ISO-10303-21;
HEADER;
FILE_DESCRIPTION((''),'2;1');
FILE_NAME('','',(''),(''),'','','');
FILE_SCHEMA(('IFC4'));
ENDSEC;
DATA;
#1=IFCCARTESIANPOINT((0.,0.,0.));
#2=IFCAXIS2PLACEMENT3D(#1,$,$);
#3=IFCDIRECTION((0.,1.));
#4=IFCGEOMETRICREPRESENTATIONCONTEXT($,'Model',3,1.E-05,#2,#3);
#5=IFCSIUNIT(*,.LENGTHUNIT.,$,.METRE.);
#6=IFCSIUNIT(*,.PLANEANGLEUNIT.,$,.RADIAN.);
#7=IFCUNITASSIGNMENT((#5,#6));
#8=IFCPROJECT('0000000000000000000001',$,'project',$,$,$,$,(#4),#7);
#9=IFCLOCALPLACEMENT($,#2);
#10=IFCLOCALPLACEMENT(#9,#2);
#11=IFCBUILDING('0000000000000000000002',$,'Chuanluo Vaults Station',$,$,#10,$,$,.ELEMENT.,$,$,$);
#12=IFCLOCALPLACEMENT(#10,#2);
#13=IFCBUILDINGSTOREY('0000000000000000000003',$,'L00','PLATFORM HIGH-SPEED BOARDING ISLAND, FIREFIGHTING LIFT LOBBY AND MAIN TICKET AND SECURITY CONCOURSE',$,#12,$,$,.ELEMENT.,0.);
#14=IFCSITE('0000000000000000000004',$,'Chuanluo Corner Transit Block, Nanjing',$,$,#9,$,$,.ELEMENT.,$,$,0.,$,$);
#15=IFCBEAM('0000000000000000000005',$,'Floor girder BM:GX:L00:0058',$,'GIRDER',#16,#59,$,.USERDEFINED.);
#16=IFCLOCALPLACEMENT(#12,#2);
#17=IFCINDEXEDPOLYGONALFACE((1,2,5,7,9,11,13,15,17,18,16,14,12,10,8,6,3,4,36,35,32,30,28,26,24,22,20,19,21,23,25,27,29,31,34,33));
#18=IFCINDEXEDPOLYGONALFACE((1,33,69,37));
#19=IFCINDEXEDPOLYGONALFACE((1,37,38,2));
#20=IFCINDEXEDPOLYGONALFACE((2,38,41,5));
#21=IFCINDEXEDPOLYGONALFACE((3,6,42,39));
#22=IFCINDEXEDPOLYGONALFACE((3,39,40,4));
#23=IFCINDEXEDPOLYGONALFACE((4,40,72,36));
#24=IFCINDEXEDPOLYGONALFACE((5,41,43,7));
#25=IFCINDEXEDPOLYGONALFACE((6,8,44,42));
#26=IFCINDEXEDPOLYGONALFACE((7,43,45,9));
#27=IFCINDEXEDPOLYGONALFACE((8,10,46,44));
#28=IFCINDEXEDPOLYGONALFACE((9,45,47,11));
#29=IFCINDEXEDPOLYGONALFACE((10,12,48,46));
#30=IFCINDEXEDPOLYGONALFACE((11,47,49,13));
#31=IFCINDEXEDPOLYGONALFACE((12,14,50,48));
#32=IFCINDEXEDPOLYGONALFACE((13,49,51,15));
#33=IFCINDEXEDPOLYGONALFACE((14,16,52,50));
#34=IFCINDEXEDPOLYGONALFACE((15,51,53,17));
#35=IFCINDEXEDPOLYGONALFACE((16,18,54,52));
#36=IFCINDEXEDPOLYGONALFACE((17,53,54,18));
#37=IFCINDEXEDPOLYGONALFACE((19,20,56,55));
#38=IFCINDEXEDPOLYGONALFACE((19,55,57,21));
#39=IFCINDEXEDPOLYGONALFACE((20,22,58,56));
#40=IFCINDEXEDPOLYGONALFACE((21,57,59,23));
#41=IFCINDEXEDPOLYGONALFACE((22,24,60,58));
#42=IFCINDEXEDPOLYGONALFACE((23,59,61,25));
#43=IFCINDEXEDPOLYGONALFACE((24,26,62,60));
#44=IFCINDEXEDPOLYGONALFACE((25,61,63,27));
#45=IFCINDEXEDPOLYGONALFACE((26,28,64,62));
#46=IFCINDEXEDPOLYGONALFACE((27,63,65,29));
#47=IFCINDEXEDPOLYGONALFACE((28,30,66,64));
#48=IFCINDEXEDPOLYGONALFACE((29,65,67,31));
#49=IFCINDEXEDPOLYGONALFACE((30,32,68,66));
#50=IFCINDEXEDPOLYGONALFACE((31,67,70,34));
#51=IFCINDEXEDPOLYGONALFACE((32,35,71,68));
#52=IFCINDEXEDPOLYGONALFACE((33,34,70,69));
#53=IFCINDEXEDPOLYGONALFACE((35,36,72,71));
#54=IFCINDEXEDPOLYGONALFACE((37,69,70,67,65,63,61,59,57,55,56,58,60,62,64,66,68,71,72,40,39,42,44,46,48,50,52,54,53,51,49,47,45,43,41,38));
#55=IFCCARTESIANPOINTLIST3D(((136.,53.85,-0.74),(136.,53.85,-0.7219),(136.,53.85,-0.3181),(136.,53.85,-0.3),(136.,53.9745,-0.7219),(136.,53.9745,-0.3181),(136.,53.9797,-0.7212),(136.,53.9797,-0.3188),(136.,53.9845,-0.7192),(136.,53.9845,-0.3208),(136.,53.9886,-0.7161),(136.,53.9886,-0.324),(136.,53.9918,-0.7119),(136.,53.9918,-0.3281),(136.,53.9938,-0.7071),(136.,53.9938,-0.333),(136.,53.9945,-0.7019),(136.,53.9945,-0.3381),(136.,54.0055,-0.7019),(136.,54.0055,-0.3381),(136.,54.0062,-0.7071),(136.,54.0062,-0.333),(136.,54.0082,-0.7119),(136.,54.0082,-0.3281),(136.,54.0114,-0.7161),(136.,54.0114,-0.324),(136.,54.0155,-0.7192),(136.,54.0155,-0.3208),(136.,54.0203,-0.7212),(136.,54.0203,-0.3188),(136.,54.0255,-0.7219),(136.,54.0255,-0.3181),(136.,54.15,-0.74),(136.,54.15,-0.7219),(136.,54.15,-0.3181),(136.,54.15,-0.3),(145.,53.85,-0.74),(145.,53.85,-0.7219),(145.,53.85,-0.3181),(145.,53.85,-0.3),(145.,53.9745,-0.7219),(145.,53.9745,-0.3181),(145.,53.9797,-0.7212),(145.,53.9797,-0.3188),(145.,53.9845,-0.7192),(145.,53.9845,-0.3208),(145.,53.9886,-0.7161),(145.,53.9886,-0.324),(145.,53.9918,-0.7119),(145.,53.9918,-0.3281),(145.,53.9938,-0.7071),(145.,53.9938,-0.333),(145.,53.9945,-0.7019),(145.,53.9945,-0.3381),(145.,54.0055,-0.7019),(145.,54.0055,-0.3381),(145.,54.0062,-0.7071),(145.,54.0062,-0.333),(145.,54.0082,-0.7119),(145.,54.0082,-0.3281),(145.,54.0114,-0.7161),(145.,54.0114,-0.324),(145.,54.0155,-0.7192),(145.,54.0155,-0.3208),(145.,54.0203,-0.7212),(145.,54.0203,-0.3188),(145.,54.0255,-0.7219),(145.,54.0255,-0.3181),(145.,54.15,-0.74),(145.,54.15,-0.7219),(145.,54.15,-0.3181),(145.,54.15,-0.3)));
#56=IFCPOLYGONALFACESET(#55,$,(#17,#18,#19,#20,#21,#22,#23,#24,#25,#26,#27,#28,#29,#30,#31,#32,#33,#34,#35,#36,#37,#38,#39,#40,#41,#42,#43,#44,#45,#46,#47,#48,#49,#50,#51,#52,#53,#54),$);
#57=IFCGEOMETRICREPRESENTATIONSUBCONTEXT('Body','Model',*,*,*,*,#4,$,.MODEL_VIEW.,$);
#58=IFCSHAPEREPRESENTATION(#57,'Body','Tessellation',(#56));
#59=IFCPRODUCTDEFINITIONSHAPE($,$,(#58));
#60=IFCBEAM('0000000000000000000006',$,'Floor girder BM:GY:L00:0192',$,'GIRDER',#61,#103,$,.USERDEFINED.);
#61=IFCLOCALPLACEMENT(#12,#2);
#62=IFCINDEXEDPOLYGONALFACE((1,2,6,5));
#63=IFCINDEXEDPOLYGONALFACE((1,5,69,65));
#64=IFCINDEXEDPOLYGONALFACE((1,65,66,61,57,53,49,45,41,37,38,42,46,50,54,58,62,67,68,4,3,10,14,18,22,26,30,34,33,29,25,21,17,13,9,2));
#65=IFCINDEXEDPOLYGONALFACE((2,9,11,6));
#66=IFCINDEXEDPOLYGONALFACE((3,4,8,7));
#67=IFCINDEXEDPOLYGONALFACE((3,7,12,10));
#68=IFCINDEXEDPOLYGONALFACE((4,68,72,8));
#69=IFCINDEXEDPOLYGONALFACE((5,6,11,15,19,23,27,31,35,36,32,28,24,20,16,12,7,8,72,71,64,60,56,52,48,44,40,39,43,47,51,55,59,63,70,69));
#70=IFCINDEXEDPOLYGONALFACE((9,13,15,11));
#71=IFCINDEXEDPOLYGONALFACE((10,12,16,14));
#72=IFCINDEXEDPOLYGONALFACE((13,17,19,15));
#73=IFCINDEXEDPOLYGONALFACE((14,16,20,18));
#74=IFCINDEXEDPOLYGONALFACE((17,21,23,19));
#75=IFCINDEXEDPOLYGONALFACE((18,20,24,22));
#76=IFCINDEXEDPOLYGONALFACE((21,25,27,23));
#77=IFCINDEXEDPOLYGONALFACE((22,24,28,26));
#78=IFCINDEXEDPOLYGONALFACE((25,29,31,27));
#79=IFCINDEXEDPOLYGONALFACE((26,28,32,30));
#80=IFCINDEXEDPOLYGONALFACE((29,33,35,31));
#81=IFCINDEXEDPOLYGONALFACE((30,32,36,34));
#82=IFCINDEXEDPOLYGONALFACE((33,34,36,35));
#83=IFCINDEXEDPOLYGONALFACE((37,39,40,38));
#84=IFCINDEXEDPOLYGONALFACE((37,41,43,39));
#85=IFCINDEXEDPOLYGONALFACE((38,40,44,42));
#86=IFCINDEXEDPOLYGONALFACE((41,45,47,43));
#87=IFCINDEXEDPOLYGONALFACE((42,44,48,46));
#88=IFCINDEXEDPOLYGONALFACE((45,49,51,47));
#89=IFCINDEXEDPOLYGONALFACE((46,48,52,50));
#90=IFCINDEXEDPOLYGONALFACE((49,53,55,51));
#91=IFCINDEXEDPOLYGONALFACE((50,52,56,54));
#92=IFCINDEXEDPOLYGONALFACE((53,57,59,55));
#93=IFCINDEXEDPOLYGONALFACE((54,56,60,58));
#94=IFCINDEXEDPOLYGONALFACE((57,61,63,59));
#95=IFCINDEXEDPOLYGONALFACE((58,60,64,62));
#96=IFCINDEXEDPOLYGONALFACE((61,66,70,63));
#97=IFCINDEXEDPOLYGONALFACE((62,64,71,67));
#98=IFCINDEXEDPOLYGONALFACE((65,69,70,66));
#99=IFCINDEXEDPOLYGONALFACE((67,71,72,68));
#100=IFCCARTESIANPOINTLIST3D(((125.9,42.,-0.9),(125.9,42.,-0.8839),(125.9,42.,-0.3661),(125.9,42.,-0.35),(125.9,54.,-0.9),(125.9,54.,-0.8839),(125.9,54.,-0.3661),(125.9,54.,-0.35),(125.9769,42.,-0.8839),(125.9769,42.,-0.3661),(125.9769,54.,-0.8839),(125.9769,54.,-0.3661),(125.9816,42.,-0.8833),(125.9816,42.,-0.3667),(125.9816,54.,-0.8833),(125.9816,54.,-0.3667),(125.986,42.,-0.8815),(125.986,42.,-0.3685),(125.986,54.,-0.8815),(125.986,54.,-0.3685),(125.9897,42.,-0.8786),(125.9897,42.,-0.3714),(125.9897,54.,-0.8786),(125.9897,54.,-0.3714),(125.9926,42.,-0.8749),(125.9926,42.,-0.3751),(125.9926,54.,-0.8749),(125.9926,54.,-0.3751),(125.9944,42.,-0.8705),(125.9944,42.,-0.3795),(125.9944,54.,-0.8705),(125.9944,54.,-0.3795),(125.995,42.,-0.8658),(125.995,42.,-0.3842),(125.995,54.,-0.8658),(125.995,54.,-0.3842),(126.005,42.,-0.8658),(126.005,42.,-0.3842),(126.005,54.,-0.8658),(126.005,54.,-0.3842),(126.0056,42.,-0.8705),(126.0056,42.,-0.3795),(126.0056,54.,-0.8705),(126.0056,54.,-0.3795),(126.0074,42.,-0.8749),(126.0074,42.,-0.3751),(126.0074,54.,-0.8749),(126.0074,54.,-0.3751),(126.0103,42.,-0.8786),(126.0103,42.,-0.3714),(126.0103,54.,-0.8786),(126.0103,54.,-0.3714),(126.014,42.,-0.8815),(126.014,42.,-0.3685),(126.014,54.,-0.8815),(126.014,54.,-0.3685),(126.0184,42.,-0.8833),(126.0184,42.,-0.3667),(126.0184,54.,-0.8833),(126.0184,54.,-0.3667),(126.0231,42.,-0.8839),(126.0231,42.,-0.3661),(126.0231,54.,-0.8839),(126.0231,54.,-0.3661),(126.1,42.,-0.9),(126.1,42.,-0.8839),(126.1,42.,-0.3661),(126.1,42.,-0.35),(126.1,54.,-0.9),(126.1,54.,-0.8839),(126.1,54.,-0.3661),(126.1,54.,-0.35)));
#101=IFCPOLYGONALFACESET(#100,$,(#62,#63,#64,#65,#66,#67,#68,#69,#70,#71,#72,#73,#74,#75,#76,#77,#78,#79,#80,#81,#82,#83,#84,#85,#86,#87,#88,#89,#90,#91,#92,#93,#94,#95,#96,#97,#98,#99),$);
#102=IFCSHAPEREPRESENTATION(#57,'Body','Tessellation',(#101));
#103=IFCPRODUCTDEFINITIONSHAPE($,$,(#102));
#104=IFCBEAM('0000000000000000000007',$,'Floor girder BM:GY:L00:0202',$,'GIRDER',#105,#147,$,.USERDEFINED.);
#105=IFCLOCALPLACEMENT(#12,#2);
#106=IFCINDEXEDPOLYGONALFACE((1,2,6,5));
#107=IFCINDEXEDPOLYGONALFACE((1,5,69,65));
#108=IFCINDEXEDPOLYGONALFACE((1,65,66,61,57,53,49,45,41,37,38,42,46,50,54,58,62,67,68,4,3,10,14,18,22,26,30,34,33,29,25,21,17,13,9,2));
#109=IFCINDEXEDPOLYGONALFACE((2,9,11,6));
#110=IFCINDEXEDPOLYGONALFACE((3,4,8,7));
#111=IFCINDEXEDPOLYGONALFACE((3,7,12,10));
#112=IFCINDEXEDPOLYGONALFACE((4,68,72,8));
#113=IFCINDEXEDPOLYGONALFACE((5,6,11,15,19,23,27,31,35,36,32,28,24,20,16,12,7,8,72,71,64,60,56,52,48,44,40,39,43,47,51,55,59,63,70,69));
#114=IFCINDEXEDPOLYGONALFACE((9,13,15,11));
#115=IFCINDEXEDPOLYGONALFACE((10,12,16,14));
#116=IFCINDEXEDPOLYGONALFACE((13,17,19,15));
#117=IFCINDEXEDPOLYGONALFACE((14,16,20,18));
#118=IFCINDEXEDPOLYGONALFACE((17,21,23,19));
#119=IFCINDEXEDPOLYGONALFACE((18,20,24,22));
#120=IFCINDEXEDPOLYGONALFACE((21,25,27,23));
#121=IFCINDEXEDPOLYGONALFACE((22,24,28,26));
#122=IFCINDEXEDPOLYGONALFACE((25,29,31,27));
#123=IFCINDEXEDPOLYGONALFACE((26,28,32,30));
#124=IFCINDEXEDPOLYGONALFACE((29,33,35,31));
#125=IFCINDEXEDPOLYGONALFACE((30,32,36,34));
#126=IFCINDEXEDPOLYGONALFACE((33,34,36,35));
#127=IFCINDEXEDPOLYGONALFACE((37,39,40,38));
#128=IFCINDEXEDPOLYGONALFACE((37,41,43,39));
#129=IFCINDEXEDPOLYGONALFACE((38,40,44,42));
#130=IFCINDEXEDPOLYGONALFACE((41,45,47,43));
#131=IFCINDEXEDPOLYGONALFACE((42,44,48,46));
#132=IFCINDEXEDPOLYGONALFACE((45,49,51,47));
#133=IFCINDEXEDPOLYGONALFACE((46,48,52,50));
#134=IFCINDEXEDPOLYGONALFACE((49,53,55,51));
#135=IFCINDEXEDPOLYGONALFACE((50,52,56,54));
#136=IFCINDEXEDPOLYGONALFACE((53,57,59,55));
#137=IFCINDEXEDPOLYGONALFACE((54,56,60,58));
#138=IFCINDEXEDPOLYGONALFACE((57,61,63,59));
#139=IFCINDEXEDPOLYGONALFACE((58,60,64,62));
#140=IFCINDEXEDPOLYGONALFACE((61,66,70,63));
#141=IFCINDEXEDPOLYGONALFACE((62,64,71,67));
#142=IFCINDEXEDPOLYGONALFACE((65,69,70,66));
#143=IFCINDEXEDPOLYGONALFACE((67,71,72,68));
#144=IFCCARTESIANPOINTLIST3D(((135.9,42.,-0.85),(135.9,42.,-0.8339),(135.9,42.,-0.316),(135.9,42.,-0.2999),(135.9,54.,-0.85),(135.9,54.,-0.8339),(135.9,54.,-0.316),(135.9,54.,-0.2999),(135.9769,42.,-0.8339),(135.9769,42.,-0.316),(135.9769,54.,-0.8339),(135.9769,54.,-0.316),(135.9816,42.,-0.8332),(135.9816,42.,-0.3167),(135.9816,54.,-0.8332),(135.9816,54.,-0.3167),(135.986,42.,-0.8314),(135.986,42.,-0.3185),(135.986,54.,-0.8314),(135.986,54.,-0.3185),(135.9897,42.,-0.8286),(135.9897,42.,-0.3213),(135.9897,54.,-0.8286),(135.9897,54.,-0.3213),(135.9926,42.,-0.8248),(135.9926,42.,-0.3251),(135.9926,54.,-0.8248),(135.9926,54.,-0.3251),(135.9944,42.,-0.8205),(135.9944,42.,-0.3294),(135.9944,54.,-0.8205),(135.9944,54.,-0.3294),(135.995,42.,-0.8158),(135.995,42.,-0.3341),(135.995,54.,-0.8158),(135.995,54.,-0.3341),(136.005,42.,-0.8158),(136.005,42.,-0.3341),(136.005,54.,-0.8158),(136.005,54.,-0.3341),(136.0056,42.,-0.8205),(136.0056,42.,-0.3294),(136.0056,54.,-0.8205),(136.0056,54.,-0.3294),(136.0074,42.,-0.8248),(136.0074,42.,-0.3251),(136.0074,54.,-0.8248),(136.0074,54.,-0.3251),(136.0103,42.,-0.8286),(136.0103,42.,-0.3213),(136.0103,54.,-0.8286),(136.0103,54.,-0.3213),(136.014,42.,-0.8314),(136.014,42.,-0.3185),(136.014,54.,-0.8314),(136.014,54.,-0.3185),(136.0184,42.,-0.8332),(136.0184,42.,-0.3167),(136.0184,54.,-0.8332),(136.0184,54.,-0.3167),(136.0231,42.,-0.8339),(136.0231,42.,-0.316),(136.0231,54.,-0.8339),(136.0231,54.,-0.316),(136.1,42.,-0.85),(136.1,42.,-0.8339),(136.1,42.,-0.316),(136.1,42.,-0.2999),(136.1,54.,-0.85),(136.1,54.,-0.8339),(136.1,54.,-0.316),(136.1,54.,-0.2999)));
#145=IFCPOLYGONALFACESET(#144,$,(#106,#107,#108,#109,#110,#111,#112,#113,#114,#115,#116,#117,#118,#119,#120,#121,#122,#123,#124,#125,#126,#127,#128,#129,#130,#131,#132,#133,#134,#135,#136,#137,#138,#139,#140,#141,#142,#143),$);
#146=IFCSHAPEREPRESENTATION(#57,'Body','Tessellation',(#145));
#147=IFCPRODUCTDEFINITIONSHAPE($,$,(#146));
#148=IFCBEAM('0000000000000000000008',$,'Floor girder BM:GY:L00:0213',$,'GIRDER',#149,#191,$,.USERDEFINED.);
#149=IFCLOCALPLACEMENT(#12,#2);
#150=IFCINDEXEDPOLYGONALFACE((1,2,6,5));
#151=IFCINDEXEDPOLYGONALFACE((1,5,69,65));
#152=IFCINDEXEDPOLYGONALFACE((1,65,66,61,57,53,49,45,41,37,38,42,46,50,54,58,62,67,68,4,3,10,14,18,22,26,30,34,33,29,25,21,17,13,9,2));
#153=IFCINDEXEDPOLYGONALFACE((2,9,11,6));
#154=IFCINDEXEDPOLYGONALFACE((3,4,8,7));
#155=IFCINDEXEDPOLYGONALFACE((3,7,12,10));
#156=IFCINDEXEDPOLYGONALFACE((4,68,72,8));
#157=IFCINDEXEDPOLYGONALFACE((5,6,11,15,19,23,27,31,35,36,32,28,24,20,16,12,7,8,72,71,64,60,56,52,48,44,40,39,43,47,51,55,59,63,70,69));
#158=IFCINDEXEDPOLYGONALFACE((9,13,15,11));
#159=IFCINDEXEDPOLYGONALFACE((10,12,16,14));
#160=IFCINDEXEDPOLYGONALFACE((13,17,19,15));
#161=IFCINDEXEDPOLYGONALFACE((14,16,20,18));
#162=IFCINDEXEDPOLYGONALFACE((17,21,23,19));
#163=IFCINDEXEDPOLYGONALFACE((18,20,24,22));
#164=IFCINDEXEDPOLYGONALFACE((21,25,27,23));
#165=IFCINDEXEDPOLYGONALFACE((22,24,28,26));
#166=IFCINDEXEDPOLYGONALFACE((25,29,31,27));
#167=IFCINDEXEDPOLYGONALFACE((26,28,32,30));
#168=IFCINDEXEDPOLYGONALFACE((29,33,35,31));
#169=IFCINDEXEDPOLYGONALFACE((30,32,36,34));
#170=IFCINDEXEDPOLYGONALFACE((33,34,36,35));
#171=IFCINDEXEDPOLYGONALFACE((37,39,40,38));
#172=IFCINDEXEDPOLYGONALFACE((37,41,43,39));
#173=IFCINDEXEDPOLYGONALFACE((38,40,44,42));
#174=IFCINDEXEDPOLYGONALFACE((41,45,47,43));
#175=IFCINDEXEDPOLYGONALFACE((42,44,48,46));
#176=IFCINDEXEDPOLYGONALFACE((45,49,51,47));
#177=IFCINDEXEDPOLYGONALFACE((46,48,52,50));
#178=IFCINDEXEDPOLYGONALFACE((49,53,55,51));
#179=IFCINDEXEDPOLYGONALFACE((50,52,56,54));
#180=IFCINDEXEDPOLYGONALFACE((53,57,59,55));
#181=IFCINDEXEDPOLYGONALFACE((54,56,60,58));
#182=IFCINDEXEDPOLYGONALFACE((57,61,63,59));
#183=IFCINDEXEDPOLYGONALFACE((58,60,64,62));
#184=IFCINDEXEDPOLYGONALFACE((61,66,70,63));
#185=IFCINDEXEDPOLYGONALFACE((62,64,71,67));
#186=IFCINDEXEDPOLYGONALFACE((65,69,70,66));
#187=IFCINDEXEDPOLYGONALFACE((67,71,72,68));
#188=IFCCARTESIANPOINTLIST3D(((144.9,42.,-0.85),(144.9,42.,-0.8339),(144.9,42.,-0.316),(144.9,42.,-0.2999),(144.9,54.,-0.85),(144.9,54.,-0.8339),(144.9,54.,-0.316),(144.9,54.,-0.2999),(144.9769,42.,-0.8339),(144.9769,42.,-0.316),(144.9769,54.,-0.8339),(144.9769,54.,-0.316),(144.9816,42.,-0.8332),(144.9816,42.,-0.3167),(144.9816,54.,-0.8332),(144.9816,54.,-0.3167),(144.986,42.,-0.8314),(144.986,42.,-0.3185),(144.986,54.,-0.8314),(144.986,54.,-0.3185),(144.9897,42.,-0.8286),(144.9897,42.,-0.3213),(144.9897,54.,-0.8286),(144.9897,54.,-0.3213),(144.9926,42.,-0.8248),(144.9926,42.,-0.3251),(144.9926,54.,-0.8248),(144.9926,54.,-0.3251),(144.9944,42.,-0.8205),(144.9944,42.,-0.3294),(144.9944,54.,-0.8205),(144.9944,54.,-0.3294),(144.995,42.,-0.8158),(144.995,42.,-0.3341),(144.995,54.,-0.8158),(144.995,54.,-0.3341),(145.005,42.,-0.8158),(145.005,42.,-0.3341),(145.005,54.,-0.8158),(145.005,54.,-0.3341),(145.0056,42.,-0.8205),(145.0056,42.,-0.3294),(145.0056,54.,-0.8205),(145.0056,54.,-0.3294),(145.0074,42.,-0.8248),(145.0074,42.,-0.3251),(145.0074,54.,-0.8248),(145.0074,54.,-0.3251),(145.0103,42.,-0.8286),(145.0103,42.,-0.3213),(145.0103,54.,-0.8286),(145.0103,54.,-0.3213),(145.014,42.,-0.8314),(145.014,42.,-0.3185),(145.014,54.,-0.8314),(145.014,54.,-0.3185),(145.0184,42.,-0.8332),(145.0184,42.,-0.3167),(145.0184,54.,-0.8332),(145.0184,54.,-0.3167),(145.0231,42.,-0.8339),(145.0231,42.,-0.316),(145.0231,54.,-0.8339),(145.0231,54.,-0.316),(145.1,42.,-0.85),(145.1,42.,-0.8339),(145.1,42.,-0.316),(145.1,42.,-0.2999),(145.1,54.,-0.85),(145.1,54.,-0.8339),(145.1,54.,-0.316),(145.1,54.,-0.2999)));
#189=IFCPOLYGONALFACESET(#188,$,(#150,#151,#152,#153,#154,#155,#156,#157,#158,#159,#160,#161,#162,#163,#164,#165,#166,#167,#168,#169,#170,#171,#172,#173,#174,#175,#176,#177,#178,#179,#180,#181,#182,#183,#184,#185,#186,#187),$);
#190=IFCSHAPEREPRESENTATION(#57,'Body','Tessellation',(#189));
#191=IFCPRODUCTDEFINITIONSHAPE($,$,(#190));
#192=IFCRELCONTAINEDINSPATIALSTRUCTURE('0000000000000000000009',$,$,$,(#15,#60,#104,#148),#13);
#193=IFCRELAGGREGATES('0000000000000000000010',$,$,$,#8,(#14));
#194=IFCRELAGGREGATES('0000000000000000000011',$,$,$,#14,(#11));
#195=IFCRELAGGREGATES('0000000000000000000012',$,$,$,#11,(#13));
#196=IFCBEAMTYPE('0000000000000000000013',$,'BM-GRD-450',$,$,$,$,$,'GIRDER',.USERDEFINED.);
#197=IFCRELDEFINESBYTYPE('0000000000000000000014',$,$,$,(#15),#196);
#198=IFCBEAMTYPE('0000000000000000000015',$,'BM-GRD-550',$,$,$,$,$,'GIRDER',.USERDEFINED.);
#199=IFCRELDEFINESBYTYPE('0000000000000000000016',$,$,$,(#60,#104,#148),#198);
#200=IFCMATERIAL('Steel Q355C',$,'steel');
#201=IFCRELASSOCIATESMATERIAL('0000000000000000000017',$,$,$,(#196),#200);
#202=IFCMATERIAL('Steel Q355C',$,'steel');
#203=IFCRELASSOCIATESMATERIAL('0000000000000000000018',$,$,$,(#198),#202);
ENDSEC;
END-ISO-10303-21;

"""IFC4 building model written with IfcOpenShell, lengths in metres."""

from ifc_helpers import new_model, si_unit, direction, frame, origin, origin_2d, place, context, subcontext, project, spatial, i_section, extrude, material, material_profile, profile_set, type_object, element, save


model = new_model("IFC4")

# Units and contexts
model_context = context("Model", 3, precision=1e-05, world=origin(), true_north=direction((0.0, 1.0)))
body_context = subcontext(model_context, "Body", "Model", "MODEL_VIEW")
ifc_project = project(units=[si_unit("LENGTHUNIT", "METRE"), si_unit("PLANEANGLEUNIT", "RADIAN")], contexts=[model_context])

# Site, building, storey
site_placement = place(None, origin())
site = spatial("IfcSite", under=ifc_project, at=site_placement, Name="Chuanluo Corner Transit Block, Nanjing", CompositionType="ELEMENT", RefElevation=0.0)
building_placement = place(site_placement, origin())
building = spatial("IfcBuilding", under=site, at=building_placement, Name="Chuanluo Vaults Station", CompositionType="ELEMENT")
storey_placement = place(building_placement, origin())
storey = spatial("IfcBuildingStorey", under=building, at=storey_placement, Name="L00", Description="PLATFORM HIGH-SPEED BOARDING ISLAND, FIREFIGHTING LIFT LOBBY AND MAIN TICKET AND SECURITY CONCOURSE", CompositionType="ELEMENT", Elevation=0.0)

# Beams
ifc_material_1 = material(Name="Steel Q355C", Category="steel")
ifc_material_profile_1 = material_profile(ifc_material_1, i_section(OverallWidth=0.3, OverallDepth=0.4399, WebThickness=0.011, FlangeThickness=0.0181, FilletRadius=0.02, at=origin_2d()))
ifc_profile_set_1 = profile_set([ifc_material_profile_1], Name="Steel Q355C")
beam_type_1 = type_object("IfcBeamType", Name="BM-GRD-450", ElementType="GIRDER", PredefinedType="USERDEFINED", material=ifc_profile_set_1)
for number, where, z_axis, x_axis, name in (
    (1, (136.0, 54.0, -0.52), (1.0, 0.0, 0.0), (0.0, 1.0, 0.0), "Floor girder BM:GX:L00:0058"),
):
    element("IfcBeam", number, at=place(storey_placement, frame(where, z_axis=z_axis, x_axis=x_axis)), inside=storey, type_object=beam_type_1, Name=name, ObjectType="GIRDER", PredefinedType="USERDEFINED", context=body_context, shape_type="SweptSolid", body=[
        extrude(i_section(OverallWidth=0.3, OverallDepth=0.4399, WebThickness=0.011, FlangeThickness=0.0181, FilletRadius=0.02, at=origin_2d()), origin(), (0.0, 0.0, 1.0), 9.0),
    ])
ifc_material_2 = material(Name="Steel Q355C", Category="steel")
ifc_material_profile_2 = material_profile(ifc_material_2, i_section(OverallWidth=0.2, OverallDepth=0.55, WebThickness=0.01, FlangeThickness=0.0161, FilletRadius=0.0181, at=origin_2d()))
ifc_profile_set_2 = profile_set([ifc_material_profile_2], Name="Steel Q355C")
beam_type_2 = type_object("IfcBeamType", Name="BM-GRD-550", ElementType="GIRDER", PredefinedType="USERDEFINED", material=ifc_profile_set_2)
for number, where, z_axis, x_axis, name in (
    (2, (126.0, 42.0, -0.625), (0.0, 1.0, 0.0), (-1.0, 0.0, 0.0), "Floor girder BM:GY:L00:0192"),
    (3, (136.0, 42.0, -0.575), (0.0, 1.0, 0.0), (-1.0, 0.0, 0.0), "Floor girder BM:GY:L00:0202"),
    (4, (145.0, 42.0, -0.575), (0.0, 1.0, 0.0), (-1.0, 0.0, 0.0), "Floor girder BM:GY:L00:0213"),
):
    element("IfcBeam", number, at=place(storey_placement, frame(where, z_axis=z_axis, x_axis=x_axis)), inside=storey, type_object=beam_type_2, Name=name, ObjectType="GIRDER", PredefinedType="USERDEFINED", context=body_context, shape_type="SweptSolid", body=[
        extrude(i_section(OverallWidth=0.2, OverallDepth=0.55, WebThickness=0.01, FlangeThickness=0.0161, FilletRadius=0.0181, at=origin_2d()), origin(), (0.0, 0.0, 1.0), 12.0),
    ])

save(model, "model.ifc")
